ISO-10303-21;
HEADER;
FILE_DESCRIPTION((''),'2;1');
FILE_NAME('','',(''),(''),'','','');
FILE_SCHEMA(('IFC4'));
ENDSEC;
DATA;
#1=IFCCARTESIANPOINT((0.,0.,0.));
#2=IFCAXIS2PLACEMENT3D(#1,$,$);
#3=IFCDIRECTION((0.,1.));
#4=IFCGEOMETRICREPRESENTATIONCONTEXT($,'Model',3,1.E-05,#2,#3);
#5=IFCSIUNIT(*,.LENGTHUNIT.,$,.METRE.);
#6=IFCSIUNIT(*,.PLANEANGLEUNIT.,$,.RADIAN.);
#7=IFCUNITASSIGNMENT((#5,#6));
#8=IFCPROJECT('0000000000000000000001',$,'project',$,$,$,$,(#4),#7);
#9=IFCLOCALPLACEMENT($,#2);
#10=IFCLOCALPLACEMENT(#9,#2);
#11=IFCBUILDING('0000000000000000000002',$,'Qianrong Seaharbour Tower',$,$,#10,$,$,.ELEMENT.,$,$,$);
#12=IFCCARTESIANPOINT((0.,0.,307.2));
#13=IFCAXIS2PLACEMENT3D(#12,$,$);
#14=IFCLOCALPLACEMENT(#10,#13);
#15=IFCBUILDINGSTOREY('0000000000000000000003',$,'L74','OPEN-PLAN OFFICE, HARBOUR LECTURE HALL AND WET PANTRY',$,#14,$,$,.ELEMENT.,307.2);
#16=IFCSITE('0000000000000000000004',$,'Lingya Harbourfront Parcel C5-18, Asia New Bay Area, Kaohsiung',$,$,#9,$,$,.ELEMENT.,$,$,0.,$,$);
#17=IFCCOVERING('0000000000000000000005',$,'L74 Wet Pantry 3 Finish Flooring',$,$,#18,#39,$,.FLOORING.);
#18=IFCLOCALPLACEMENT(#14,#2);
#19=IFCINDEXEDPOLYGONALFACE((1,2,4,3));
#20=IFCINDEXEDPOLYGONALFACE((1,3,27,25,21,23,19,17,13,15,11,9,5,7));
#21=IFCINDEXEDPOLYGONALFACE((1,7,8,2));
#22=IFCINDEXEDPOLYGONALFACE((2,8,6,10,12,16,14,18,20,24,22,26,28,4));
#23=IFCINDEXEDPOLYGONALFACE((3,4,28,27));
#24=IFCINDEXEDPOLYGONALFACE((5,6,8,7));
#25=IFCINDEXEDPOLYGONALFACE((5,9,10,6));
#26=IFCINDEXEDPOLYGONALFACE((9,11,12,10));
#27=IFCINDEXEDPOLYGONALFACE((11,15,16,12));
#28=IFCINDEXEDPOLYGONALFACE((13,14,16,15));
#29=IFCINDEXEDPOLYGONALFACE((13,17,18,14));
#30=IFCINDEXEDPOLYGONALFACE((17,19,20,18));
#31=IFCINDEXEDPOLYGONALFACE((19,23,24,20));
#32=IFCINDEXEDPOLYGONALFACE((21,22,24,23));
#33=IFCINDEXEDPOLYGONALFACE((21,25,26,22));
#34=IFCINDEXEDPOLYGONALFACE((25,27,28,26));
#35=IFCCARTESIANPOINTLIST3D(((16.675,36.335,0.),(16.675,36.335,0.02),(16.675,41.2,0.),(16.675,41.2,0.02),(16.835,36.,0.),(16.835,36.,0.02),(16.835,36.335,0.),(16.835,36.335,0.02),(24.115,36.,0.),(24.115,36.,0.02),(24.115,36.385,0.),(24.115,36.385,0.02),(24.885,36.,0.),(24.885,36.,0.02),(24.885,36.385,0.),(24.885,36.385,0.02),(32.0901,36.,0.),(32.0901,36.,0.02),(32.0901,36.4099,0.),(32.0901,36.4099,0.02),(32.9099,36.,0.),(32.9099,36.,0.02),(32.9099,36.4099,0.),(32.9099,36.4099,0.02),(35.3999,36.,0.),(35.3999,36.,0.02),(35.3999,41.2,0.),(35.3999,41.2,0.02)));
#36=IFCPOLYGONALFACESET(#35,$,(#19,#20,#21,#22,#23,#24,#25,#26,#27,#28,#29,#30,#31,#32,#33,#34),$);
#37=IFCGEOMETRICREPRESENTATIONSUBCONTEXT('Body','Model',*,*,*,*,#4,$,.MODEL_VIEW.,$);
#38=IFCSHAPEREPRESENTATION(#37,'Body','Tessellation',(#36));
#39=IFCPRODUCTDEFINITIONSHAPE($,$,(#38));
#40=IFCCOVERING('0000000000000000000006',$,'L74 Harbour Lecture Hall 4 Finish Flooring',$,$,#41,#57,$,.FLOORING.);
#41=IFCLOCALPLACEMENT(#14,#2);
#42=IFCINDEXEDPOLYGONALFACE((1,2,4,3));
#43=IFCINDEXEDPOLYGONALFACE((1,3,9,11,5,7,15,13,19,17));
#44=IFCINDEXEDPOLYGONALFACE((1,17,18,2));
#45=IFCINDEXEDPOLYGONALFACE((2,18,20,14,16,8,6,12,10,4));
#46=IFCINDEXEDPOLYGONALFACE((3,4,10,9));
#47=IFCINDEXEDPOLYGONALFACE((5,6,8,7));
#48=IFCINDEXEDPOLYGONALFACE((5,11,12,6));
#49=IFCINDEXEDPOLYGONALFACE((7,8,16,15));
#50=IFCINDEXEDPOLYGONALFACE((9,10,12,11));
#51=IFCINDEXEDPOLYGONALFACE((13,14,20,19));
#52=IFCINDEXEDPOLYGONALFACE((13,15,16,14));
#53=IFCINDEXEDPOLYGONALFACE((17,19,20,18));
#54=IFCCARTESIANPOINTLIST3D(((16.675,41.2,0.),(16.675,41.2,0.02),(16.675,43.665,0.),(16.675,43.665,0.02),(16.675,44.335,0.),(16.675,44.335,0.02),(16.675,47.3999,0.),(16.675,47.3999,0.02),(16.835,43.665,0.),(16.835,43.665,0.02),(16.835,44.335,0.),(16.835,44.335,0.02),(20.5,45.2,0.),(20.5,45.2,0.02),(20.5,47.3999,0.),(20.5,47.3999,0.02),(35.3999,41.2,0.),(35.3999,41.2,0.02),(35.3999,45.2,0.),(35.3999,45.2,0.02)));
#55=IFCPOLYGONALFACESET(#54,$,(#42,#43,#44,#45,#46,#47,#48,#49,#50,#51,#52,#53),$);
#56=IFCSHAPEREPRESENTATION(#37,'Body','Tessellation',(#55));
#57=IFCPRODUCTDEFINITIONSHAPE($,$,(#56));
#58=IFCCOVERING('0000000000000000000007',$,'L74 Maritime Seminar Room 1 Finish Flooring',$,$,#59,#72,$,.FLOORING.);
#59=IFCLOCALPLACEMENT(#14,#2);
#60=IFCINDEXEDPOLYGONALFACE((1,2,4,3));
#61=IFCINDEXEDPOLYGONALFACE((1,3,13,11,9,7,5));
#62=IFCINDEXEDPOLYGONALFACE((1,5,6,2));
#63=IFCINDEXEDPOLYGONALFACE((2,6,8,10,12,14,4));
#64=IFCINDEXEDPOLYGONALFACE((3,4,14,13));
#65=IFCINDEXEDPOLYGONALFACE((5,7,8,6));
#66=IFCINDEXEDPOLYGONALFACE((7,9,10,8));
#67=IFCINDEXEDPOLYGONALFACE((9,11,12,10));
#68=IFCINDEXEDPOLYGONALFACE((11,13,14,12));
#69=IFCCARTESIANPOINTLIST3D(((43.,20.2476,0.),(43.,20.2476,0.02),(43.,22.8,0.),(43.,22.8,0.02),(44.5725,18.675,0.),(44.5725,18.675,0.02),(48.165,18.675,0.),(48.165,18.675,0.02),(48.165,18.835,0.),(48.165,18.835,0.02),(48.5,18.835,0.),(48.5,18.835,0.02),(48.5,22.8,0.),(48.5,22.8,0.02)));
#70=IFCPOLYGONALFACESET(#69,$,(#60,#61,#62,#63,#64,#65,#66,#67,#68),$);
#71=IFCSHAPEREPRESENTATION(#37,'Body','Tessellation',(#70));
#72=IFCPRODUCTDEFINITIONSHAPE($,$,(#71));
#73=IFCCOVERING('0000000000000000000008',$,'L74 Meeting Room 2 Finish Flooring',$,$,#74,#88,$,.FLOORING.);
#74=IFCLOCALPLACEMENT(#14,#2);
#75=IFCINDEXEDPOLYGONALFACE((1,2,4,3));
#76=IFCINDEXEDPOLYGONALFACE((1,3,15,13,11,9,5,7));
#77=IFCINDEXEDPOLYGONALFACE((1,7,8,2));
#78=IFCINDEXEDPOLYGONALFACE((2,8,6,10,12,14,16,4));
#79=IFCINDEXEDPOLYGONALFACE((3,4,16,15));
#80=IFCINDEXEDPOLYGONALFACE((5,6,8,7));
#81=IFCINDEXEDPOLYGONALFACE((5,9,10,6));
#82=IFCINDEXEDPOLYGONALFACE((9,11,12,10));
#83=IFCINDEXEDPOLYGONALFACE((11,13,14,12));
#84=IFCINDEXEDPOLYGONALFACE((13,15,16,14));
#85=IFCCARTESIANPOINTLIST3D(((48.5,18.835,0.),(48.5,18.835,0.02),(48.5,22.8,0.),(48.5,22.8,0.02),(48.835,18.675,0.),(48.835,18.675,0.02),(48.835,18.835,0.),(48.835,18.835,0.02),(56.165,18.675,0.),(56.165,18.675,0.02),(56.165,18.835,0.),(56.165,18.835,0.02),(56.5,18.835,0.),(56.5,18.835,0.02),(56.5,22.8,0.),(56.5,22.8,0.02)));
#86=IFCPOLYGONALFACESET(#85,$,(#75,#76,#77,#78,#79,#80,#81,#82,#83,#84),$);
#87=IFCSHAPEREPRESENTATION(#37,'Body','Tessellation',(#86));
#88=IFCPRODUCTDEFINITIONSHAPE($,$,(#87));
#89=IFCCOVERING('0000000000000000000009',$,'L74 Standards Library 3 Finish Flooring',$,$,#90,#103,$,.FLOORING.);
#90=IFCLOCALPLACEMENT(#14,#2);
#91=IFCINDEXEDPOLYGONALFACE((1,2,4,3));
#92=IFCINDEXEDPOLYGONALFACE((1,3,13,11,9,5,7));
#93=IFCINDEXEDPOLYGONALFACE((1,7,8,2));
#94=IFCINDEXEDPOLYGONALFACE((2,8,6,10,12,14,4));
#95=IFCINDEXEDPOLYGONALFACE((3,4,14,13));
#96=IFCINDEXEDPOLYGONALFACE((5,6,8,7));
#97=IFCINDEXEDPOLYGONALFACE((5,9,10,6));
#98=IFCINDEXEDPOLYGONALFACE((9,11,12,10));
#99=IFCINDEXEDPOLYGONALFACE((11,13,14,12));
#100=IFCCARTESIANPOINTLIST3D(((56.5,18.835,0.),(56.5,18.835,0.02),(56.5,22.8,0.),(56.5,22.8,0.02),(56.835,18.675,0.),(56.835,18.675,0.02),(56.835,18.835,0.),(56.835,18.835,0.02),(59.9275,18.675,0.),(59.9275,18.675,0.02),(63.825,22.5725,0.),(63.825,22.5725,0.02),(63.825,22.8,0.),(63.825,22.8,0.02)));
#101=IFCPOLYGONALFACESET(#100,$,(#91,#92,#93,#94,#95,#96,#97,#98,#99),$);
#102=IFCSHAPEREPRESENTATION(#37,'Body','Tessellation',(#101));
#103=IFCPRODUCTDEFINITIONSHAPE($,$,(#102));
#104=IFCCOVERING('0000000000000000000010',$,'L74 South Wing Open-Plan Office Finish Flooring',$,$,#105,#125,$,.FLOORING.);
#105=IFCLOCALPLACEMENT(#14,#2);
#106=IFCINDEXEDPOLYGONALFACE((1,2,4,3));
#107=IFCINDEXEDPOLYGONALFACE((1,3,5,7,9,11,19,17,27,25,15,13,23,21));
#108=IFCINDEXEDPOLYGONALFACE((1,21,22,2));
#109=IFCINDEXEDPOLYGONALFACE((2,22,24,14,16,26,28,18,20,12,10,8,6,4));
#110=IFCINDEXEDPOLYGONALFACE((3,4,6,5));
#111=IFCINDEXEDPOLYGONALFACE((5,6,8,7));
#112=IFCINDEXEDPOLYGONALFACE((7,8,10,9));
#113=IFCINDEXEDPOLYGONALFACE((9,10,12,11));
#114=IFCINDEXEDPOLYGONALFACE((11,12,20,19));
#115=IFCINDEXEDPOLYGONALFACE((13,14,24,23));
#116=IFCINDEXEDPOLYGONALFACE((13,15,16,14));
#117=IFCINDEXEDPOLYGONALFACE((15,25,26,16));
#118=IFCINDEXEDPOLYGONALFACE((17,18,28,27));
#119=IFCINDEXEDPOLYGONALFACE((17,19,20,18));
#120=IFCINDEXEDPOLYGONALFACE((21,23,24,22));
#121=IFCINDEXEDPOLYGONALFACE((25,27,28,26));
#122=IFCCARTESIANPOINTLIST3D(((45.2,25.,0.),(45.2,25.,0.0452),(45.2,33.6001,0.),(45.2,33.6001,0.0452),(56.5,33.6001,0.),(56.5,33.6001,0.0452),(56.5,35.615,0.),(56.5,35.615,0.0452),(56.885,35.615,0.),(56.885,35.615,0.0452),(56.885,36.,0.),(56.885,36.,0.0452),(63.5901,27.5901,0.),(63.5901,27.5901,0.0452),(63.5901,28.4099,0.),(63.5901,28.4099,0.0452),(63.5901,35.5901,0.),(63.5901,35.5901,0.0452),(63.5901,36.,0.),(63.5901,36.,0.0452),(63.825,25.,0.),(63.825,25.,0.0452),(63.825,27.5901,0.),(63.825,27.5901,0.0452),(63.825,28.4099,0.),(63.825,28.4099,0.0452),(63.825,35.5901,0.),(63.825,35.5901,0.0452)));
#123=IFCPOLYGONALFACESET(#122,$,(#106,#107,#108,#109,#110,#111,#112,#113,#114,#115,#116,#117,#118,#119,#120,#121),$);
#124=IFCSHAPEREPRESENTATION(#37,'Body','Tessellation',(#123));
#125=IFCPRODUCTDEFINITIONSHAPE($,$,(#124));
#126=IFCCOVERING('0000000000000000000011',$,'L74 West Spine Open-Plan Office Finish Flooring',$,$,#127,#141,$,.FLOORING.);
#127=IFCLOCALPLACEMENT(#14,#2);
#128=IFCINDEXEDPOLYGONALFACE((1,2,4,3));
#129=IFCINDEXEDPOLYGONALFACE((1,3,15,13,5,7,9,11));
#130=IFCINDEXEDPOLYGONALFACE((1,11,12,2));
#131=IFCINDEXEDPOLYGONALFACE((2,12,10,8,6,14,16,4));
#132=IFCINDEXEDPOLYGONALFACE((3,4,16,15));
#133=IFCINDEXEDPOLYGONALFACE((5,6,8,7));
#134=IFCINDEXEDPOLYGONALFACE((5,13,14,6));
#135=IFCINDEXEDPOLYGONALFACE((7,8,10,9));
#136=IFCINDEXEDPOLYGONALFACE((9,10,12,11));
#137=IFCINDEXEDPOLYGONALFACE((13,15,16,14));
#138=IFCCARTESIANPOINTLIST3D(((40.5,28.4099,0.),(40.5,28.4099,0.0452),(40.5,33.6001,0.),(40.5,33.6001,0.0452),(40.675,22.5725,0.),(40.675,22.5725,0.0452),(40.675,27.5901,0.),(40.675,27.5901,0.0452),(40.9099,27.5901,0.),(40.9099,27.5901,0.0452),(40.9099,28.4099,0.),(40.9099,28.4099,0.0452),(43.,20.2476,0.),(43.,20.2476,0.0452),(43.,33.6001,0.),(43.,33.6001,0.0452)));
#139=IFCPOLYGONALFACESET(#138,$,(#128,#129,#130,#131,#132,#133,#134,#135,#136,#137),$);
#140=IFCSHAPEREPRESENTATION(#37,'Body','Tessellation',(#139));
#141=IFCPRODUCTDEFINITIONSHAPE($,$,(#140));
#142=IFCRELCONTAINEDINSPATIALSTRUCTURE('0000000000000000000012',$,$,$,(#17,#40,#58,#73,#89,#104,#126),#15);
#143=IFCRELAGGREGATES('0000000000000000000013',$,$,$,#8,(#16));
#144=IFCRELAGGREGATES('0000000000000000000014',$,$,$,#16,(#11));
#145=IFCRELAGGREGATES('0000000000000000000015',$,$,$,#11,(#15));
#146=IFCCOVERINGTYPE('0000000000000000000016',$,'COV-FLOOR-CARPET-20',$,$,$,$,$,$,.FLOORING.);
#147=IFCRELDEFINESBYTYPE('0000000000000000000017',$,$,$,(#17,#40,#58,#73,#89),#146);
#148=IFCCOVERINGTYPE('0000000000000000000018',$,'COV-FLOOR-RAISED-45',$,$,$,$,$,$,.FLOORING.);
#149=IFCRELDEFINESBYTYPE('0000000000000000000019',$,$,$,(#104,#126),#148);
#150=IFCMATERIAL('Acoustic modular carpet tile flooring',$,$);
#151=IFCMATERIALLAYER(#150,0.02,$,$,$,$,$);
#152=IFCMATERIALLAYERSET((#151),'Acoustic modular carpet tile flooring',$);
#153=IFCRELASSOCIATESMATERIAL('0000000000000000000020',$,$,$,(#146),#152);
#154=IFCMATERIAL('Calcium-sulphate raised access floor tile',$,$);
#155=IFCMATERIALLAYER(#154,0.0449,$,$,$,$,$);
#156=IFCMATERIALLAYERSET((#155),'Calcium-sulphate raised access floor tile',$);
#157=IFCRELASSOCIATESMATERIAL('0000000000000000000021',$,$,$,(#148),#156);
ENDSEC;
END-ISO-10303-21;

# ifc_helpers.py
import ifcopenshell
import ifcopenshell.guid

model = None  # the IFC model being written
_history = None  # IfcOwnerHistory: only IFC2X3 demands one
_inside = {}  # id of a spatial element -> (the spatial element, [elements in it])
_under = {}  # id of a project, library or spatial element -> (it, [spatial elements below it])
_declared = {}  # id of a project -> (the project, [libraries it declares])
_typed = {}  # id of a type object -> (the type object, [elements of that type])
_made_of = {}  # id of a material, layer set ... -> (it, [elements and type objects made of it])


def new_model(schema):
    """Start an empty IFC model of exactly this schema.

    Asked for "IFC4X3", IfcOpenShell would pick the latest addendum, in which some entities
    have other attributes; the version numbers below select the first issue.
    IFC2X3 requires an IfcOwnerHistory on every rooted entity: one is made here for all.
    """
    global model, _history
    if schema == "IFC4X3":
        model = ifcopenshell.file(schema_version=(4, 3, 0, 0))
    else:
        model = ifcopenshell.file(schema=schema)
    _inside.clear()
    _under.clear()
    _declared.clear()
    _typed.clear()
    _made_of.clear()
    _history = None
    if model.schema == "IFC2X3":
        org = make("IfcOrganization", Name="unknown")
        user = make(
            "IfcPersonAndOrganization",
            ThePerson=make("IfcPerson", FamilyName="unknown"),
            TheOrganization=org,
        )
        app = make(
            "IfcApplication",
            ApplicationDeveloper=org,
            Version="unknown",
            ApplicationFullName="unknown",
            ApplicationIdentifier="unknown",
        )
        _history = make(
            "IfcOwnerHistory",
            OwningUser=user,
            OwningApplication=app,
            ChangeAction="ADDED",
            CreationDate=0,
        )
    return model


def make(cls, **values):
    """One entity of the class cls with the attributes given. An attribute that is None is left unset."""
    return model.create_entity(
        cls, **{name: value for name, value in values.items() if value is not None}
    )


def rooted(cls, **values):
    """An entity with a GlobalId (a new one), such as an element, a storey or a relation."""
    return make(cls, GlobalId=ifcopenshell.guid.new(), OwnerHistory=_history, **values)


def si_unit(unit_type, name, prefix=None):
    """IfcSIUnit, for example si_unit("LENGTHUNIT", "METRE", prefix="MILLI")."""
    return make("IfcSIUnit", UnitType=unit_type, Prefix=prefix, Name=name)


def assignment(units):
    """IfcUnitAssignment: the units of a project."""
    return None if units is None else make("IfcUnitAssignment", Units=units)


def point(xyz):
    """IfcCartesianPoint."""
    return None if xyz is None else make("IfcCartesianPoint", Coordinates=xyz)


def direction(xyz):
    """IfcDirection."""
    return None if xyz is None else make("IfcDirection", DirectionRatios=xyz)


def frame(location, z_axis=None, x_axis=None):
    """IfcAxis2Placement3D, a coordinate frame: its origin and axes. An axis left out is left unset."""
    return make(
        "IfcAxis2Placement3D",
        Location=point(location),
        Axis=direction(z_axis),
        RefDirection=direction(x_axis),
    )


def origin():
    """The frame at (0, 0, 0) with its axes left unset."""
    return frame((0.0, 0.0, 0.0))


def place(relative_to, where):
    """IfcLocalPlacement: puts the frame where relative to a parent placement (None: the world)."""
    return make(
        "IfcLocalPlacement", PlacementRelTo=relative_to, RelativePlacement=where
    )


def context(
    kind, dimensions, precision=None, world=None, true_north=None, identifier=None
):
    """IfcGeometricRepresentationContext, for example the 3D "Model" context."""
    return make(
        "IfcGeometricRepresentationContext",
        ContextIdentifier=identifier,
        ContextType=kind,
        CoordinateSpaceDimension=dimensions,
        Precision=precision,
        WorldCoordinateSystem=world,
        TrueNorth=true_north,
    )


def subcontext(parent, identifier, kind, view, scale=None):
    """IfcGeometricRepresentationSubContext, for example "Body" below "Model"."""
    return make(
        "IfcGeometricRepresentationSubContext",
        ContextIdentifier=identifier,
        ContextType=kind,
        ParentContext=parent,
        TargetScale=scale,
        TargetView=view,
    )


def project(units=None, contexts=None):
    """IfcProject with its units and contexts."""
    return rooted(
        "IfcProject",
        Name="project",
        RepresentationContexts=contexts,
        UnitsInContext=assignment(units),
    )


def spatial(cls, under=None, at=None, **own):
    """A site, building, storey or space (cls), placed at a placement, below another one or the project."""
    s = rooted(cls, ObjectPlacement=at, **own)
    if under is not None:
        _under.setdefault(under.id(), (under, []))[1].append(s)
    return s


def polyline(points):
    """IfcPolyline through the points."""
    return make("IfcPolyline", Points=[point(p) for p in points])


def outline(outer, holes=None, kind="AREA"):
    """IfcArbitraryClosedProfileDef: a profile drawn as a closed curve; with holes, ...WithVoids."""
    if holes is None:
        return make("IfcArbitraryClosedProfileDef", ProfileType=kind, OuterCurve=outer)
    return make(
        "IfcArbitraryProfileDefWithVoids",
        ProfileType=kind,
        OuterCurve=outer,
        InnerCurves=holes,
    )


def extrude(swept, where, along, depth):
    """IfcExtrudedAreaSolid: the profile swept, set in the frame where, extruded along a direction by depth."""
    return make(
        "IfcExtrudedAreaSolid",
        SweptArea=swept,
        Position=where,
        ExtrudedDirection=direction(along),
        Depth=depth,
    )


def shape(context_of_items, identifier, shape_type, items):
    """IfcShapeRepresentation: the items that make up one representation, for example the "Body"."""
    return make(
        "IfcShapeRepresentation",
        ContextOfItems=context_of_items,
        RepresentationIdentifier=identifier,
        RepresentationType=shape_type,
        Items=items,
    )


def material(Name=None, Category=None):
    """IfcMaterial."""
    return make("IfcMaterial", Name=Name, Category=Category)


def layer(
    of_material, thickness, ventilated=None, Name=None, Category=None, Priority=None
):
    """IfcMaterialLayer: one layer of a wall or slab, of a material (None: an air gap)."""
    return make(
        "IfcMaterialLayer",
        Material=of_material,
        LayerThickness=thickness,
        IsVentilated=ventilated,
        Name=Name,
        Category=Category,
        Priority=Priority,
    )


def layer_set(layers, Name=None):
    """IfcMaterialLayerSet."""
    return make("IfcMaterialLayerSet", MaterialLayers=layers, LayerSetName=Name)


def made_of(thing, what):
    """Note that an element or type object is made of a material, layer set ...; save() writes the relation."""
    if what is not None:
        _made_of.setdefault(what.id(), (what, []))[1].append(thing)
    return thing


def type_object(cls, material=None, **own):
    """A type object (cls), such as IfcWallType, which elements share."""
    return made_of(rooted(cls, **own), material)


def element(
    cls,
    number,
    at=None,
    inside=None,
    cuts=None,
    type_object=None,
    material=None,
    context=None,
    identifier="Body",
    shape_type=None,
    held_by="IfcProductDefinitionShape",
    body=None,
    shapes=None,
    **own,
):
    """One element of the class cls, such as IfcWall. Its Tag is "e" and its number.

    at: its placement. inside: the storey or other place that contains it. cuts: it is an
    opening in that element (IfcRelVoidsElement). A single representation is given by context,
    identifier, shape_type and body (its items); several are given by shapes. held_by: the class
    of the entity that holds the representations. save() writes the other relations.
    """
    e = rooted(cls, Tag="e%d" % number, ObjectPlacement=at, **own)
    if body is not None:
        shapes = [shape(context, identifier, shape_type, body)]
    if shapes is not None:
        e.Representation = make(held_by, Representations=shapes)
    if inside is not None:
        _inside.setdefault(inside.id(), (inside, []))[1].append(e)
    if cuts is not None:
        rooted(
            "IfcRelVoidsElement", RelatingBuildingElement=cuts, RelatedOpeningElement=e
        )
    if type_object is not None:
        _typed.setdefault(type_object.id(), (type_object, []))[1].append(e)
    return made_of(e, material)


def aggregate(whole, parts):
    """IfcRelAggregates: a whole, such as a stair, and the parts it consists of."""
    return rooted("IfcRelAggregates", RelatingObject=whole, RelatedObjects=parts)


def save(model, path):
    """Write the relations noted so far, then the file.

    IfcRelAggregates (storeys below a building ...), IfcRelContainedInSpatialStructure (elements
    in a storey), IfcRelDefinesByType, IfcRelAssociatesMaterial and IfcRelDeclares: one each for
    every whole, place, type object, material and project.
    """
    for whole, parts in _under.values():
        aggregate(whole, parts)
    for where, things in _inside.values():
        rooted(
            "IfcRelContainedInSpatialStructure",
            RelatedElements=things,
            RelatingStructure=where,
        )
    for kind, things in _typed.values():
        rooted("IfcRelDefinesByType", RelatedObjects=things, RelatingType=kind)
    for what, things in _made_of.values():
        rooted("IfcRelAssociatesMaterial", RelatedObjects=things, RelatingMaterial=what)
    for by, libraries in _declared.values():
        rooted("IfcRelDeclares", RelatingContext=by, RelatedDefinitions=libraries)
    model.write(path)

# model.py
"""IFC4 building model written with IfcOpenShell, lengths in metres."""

from ifc_helpers import new_model, si_unit, direction, frame, origin, place, context, subcontext, project, spatial, polyline, outline, extrude, material, layer, layer_set, type_object, element, save


model = new_model("IFC4")

# Units and contexts
model_context = context("Model", 3, precision=1e-05, world=origin(), true_north=direction((0.0, 1.0)))
body_context = subcontext(model_context, "Body", "Model", "MODEL_VIEW")
ifc_project = project(units=[si_unit("LENGTHUNIT", "METRE"), si_unit("PLANEANGLEUNIT", "RADIAN")], contexts=[model_context])

# Site, building, storey
site_placement = place(None, origin())
site = spatial("IfcSite", under=ifc_project, at=site_placement, Name="Lingya Harbourfront Parcel C5-18, Asia New Bay Area, Kaohsiung", CompositionType="ELEMENT", RefElevation=0.0)
building_placement = place(site_placement, origin())
building = spatial("IfcBuilding", under=site, at=building_placement, Name="Qianrong Seaharbour Tower", CompositionType="ELEMENT")
storey_placement = place(building_placement, frame((0.0, 0.0, 307.2)))
storey = spatial("IfcBuildingStorey", under=building, at=storey_placement, Name="L74", Description="OPEN-PLAN OFFICE, HARBOUR LECTURE HALL AND WET PANTRY", CompositionType="ELEMENT", Elevation=307.2)

# Coverings
ifc_material_1 = material(Name="Acoustic modular carpet tile flooring")
ifc_layer_1 = layer(ifc_material_1, 0.02)
ifc_layer_set_1 = layer_set([ifc_layer_1], Name="Acoustic modular carpet tile flooring")
covering_type_1 = type_object("IfcCoveringType", Name="COV-FLOOR-CARPET-20", PredefinedType="FLOORING", material=ifc_layer_set_1)
covering_1_placement = place(storey_placement, origin())
element("IfcCovering", 1, at=covering_1_placement, inside=storey, type_object=covering_type_1, Name="L74 Wet Pantry 3 Finish Flooring", PredefinedType="FLOORING", context=body_context, shape_type="SweptSolid", body=[
    extrude(outline(polyline([(32.9099, 36.0), (32.9099, 36.4099), (32.0901, 36.4099), (32.0901, 36.0), (24.885, 36.0), (24.885, 36.385), (24.115, 36.385), (24.115, 36.0), (16.835, 36.0), (16.835, 36.335), (16.675, 36.335), (16.675, 41.2), (35.3999, 41.2), (35.3999, 36.0), (32.9099, 36.0)])), origin(), (0.0, 0.0, 1.0), 0.02),
])
covering_2_placement = place(storey_placement, origin())
element("IfcCovering", 2, at=covering_2_placement, inside=storey, type_object=covering_type_1, Name="L74 Harbour Lecture Hall 4 Finish Flooring", PredefinedType="FLOORING", context=body_context, shape_type="SweptSolid", body=[
    extrude(outline(polyline([(16.675, 41.2), (16.675, 43.665), (16.835, 43.665), (16.835, 44.335), (16.675, 44.335), (16.675, 47.3999), (20.5, 47.3999), (20.5, 45.2), (35.3999, 45.2), (35.3999, 41.2), (16.675, 41.2)])), origin(), (0.0, 0.0, 1.0), 0.02),
])
covering_3_placement = place(storey_placement, origin())
element("IfcCovering", 3, at=covering_3_placement, inside=storey, type_object=covering_type_1, Name="L74 Maritime Seminar Room 1 Finish Flooring", PredefinedType="FLOORING", context=body_context, shape_type="SweptSolid", body=[
    extrude(outline(polyline([(48.5, 18.835), (48.165, 18.835), (48.165, 18.675), (44.5725, 18.675), (43.0, 20.2476), (43.0, 22.8), (48.5, 22.8), (48.5, 18.835)])), origin(), (0.0, 0.0, 1.0), 0.02),
])
covering_4_placement = place(storey_placement, origin())
element("IfcCovering", 4, at=covering_4_placement, inside=storey, type_object=covering_type_1, Name="L74 Meeting Room 2 Finish Flooring", PredefinedType="FLOORING", context=body_context, shape_type="SweptSolid", body=[
    extrude(outline(polyline([(56.5, 18.835), (56.165, 18.835), (56.165, 18.675), (48.835, 18.675), (48.835, 18.835), (48.5, 18.835), (48.5, 22.8), (56.5, 22.8), (56.5, 18.835)])), origin(), (0.0, 0.0, 1.0), 0.02),
])
covering_5_placement = place(storey_placement, origin())
element("IfcCovering", 5, at=covering_5_placement, inside=storey, type_object=covering_type_1, Name="L74 Standards Library 3 Finish Flooring", PredefinedType="FLOORING", context=body_context, shape_type="SweptSolid", body=[
    extrude(outline(polyline([(63.825, 22.5725), (59.9275, 18.675), (56.835, 18.675), (56.835, 18.835), (56.5, 18.835), (56.5, 22.8), (63.825, 22.8), (63.825, 22.5725)])), origin(), (0.0, 0.0, 1.0), 0.02),
])
ifc_material_2 = material(Name="Calcium-sulphate raised access floor tile")
ifc_layer_2 = layer(ifc_material_2, 0.0449)
ifc_layer_set_2 = layer_set([ifc_layer_2], Name="Calcium-sulphate raised access floor tile")
covering_type_2 = type_object("IfcCoveringType", Name="COV-FLOOR-RAISED-45", PredefinedType="FLOORING", material=ifc_layer_set_2)
covering_6_placement = place(storey_placement, origin())
element("IfcCovering", 6, at=covering_6_placement, inside=storey, type_object=covering_type_2, Name="L74 South Wing Open-Plan Office Finish Flooring", PredefinedType="FLOORING", context=body_context, shape_type="SweptSolid", body=[
    extrude(outline(polyline([(56.5, 33.6001), (56.5, 35.615), (56.885, 35.615), (56.885, 36.0), (63.5901, 36.0), (63.5901, 35.5901), (63.825, 35.5901), (63.825, 28.4099), (63.5901, 28.4099), (63.5901, 27.5901), (63.825, 27.5901), (63.825, 25.0), (45.2, 25.0), (45.2, 33.6001), (56.5, 33.6001)])), origin(), (0.0, 0.0, 1.0), 0.0452),
])
covering_7_placement = place(storey_placement, origin())
element("IfcCovering", 7, at=covering_7_placement, inside=storey, type_object=covering_type_2, Name="L74 West Spine Open-Plan Office Finish Flooring", PredefinedType="FLOORING", context=body_context, shape_type="SweptSolid", body=[
    extrude(outline(polyline([(43.0, 20.2476), (40.675, 22.5725), (40.675, 27.5901), (40.9099, 27.5901), (40.9099, 28.4099), (40.5, 28.4099), (40.5, 33.6001), (43.0, 33.6001), (43.0, 20.2476)])), origin(), (0.0, 0.0, 1.0), 0.0452),
])

save(model, "model.ifc")
